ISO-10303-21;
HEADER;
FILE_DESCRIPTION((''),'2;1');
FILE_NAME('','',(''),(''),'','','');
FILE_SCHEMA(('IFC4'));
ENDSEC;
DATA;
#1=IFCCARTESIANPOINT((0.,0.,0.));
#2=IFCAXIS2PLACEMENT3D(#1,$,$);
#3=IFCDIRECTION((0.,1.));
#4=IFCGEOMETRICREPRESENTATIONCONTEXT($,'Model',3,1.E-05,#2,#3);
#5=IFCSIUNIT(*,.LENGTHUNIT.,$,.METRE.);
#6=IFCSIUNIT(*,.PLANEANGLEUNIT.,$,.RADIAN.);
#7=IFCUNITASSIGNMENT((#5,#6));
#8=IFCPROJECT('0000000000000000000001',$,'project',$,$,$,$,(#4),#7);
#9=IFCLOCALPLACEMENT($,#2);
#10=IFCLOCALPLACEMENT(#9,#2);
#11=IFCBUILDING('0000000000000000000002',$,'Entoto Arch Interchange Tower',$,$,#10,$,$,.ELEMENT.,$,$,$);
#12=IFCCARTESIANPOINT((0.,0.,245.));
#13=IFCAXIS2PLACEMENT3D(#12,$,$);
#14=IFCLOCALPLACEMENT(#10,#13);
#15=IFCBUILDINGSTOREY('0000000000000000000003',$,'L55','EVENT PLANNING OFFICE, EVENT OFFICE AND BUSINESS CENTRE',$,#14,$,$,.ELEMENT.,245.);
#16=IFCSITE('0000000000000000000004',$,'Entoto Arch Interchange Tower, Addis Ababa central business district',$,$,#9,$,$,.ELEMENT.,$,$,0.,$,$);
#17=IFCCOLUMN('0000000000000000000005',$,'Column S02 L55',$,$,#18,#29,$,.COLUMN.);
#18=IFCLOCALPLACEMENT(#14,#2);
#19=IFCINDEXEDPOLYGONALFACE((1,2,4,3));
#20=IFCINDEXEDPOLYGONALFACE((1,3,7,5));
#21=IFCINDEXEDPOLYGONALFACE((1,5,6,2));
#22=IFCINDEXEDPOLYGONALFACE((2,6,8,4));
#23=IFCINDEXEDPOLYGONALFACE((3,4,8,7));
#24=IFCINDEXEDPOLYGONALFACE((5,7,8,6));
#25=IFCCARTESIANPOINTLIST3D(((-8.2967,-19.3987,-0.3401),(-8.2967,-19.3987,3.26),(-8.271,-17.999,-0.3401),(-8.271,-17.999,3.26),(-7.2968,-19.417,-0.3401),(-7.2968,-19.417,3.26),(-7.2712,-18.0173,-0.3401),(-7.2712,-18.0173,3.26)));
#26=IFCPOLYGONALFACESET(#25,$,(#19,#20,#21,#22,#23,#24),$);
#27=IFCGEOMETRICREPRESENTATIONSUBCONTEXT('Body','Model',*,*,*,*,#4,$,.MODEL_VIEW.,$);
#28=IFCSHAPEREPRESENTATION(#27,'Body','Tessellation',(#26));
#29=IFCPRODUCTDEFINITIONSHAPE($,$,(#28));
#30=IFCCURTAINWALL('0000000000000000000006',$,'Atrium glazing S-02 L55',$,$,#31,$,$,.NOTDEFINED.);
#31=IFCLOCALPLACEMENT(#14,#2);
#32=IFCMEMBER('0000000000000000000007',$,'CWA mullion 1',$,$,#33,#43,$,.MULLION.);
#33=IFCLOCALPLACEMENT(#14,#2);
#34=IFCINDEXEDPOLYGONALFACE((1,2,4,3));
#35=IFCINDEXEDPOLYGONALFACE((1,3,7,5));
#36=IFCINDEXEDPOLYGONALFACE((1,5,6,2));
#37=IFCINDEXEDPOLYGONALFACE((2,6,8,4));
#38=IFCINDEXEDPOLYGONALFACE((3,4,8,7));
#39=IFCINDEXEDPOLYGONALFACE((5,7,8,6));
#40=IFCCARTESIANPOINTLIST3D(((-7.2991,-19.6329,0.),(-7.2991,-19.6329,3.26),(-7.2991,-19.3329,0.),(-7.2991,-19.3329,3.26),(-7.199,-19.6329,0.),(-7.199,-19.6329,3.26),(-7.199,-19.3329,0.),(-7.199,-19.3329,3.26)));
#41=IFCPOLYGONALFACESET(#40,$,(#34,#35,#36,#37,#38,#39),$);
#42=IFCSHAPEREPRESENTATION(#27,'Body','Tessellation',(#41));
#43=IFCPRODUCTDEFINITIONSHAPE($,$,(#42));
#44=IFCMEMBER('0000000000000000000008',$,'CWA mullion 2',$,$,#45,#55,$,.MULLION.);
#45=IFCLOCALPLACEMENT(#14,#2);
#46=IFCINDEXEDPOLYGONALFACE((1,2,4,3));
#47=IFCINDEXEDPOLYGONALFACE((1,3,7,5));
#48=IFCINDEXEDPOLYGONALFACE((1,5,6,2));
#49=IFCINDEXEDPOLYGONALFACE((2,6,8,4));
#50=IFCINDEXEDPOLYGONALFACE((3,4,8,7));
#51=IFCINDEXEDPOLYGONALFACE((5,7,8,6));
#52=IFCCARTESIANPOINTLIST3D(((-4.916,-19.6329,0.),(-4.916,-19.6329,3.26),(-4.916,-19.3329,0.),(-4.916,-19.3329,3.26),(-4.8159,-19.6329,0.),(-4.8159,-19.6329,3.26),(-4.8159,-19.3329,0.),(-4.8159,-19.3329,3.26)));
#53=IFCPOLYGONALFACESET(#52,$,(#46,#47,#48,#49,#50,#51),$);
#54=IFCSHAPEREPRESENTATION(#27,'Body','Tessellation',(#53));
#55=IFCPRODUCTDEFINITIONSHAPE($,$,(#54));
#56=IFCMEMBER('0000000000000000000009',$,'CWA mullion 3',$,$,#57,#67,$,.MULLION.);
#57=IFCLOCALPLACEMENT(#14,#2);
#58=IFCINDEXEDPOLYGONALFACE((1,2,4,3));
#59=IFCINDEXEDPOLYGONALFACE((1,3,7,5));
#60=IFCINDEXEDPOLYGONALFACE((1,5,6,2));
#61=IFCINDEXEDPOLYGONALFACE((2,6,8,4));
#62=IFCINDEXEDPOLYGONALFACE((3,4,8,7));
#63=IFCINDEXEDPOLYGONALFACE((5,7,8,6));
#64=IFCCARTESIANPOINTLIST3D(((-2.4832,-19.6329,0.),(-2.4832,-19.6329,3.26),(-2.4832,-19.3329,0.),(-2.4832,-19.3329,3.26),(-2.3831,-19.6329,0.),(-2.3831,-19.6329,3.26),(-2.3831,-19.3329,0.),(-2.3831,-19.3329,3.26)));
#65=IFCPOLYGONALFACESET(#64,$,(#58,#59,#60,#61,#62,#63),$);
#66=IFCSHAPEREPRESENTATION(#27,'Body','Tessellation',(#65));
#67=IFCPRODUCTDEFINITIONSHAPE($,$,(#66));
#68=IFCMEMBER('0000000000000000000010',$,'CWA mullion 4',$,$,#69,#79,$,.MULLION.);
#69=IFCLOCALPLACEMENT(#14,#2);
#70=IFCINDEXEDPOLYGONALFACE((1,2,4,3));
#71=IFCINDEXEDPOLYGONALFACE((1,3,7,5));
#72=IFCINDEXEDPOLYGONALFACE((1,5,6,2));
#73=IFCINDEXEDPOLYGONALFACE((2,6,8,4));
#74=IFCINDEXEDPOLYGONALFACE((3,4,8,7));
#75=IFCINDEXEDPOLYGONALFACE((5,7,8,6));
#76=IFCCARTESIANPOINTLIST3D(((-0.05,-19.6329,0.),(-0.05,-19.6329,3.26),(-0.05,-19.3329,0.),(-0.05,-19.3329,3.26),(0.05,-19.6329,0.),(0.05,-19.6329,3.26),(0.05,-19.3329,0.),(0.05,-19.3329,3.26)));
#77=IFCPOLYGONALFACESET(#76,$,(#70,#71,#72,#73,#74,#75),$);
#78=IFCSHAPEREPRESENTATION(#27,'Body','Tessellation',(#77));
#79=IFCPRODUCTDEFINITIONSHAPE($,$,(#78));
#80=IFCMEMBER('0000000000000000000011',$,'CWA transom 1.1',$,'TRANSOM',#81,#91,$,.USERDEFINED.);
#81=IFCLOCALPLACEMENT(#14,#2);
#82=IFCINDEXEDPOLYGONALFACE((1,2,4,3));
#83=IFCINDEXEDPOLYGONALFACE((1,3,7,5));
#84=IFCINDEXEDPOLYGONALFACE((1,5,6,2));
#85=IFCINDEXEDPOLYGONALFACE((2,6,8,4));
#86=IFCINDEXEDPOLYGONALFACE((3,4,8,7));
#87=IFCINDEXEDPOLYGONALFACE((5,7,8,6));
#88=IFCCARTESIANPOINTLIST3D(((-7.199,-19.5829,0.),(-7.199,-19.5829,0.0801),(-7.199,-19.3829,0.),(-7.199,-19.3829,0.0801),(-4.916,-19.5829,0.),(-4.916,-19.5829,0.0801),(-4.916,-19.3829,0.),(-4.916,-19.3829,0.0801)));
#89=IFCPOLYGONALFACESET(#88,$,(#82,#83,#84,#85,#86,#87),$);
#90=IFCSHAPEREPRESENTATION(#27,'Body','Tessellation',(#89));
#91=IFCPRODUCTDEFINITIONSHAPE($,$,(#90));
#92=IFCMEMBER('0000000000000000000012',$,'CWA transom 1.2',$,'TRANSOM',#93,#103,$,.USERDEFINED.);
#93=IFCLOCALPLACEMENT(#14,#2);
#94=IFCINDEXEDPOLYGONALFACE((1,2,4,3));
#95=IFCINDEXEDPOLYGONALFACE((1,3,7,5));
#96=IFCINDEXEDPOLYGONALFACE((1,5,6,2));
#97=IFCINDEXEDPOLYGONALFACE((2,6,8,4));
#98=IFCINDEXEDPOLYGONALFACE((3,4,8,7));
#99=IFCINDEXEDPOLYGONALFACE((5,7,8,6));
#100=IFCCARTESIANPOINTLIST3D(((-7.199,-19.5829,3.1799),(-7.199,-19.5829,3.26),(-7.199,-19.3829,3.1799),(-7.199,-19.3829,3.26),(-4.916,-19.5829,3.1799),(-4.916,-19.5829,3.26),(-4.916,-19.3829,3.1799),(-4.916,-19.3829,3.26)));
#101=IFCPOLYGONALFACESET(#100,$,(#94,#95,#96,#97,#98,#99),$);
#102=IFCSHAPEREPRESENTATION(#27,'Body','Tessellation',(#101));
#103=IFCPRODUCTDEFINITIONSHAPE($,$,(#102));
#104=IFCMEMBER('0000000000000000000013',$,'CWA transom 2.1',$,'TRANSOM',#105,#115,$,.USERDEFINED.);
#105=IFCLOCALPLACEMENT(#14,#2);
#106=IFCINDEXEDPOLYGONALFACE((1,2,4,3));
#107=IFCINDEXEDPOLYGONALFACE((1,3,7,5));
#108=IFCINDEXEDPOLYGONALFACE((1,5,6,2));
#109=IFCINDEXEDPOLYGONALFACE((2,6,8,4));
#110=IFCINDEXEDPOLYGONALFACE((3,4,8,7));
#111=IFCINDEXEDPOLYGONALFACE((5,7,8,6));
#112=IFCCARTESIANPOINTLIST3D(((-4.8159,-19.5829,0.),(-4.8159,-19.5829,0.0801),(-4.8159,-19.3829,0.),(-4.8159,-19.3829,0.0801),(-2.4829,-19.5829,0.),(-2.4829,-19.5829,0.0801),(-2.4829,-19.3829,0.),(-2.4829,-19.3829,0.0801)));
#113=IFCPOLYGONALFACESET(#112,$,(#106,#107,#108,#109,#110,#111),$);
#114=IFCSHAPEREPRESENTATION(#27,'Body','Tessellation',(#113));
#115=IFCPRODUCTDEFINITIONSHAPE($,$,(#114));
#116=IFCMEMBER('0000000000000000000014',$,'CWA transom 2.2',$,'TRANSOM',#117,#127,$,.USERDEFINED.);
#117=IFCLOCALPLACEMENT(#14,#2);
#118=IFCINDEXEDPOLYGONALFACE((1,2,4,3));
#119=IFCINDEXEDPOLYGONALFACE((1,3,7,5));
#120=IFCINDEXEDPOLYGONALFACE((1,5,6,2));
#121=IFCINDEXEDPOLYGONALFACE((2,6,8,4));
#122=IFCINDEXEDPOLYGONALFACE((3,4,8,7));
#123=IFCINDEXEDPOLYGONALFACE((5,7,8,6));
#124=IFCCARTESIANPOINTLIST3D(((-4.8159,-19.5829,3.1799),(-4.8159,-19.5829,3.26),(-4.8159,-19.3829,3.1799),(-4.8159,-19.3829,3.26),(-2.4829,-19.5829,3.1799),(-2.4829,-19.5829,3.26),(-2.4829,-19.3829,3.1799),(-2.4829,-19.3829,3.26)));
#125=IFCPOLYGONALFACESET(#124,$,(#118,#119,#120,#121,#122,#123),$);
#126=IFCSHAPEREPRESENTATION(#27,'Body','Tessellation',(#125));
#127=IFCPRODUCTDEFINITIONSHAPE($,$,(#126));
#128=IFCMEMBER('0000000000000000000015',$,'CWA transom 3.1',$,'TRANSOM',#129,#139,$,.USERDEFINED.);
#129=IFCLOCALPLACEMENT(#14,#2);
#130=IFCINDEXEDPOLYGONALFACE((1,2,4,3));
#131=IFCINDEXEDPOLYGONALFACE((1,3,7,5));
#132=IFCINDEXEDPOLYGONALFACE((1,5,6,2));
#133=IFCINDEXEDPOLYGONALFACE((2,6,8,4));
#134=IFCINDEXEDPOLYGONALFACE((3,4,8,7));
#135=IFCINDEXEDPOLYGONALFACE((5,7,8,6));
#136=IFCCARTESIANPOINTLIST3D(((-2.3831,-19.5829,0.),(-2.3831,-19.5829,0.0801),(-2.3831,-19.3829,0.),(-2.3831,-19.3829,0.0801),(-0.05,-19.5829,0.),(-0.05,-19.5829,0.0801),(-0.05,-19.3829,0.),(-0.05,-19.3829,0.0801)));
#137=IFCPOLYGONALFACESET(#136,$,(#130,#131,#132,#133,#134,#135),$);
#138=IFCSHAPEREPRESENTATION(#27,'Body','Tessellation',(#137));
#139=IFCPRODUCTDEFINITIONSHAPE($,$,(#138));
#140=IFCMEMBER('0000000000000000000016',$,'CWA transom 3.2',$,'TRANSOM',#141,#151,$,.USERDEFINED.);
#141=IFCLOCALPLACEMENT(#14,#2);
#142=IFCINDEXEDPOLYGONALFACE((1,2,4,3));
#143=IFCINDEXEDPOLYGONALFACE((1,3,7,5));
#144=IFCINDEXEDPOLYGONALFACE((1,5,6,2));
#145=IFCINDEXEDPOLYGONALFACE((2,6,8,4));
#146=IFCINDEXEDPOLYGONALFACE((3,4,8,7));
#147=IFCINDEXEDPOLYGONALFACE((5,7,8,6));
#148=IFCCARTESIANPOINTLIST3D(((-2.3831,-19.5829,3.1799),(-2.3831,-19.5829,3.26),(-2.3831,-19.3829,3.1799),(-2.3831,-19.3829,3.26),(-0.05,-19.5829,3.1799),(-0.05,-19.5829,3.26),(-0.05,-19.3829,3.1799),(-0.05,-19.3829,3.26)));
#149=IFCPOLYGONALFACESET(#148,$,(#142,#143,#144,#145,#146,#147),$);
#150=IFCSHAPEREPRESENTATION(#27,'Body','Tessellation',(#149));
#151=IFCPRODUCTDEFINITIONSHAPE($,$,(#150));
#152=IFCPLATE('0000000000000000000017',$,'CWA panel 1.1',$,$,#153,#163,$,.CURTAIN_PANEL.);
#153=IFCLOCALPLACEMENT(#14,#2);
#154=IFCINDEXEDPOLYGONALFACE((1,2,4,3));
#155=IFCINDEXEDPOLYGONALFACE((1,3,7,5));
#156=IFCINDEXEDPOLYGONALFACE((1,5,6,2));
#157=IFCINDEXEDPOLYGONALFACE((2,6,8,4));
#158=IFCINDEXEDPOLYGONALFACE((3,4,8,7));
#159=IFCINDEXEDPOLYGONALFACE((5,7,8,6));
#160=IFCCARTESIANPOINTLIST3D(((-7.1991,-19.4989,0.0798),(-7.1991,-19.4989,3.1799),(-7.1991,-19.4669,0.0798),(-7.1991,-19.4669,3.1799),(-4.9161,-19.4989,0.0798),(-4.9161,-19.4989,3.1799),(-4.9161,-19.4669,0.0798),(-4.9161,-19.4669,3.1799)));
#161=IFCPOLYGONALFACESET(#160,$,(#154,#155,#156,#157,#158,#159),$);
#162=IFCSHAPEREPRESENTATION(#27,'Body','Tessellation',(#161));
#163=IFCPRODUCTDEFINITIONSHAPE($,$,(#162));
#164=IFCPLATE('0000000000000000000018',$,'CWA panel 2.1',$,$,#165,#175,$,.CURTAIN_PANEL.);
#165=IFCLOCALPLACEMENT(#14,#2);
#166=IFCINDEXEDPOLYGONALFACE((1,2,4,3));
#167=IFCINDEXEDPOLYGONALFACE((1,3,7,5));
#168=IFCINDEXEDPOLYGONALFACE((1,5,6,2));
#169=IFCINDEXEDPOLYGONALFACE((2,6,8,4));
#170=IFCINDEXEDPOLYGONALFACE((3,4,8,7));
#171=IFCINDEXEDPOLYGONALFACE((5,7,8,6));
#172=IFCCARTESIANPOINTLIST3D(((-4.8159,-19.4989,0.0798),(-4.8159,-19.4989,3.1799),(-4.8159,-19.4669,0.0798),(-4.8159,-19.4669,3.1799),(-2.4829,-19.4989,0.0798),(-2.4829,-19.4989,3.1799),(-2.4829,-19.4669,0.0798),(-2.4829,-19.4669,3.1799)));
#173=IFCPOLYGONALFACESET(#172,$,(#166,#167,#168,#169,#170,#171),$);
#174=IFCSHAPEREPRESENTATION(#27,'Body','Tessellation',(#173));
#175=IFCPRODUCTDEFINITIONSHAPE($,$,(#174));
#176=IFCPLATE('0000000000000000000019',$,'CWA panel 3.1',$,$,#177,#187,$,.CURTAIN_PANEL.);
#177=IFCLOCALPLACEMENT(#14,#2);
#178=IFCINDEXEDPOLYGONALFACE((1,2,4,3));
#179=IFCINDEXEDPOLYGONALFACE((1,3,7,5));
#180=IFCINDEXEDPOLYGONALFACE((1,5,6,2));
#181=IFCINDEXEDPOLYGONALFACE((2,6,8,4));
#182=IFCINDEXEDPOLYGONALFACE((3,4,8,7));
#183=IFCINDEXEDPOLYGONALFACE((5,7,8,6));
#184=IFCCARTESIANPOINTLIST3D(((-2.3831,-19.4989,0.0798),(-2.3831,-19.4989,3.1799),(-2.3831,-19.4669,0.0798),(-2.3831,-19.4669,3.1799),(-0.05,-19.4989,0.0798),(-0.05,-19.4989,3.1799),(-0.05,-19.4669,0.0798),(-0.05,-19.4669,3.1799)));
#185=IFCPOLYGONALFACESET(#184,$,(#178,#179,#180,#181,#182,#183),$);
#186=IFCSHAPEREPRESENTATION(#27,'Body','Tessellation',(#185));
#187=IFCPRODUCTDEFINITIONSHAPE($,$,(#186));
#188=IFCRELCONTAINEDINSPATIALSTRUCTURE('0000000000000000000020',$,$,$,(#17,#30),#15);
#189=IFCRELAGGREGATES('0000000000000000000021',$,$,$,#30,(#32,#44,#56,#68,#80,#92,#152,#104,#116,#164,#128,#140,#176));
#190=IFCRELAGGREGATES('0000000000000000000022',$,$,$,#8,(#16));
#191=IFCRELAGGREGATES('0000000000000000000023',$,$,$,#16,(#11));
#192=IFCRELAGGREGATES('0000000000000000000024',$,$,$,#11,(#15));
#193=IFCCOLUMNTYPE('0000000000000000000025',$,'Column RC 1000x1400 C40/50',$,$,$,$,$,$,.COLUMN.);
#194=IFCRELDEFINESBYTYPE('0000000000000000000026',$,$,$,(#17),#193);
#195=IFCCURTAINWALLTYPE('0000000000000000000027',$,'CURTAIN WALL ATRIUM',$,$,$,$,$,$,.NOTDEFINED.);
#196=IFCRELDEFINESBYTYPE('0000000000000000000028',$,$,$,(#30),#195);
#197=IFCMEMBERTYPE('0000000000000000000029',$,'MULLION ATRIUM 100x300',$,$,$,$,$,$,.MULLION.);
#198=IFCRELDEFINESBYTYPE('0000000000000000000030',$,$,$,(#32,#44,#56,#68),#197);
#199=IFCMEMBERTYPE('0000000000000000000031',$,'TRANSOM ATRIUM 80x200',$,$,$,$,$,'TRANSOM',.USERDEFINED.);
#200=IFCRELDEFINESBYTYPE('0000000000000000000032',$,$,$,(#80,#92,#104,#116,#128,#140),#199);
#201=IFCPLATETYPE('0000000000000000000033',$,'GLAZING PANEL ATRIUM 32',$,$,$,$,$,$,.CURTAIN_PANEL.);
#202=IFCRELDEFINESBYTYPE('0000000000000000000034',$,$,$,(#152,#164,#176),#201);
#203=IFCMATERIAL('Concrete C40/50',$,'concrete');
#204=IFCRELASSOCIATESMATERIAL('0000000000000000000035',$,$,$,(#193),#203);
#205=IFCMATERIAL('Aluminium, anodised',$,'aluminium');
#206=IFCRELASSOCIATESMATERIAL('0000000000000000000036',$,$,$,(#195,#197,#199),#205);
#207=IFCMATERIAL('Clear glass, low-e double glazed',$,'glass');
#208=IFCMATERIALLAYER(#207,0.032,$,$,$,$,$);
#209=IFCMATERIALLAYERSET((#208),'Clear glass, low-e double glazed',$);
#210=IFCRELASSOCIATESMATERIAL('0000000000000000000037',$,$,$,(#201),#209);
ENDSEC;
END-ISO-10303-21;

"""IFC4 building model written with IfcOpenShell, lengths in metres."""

from ifc_helpers import new_model, si_unit, direction, frame, origin, origin_2d, place, context, subcontext, project, spatial, rectangle, extrude, material, layer, layer_set, material_profile, profile_set, type_object, element, aggregate, save


model = new_model("IFC4")

# Units and contexts
model_context = context("Model", 3, precision=1e-05, world=origin(), true_north=direction((0.0, 1.0)))
body_context = subcontext(model_context, "Body", "Model", "MODEL_VIEW")
ifc_project = project(units=[si_unit("LENGTHUNIT", "METRE"), si_unit("PLANEANGLEUNIT", "RADIAN")], contexts=[model_context])

# Site, building, storey
site_placement = place(None, origin())
site = spatial("IfcSite", under=ifc_project, at=site_placement, Name="Entoto Arch Interchange Tower, Addis Ababa central business district", CompositionType="ELEMENT", RefElevation=0.0)
building_placement = place(site_placement, origin())
building = spatial("IfcBuilding", under=site, at=building_placement, Name="Entoto Arch Interchange Tower", CompositionType="ELEMENT")
storey_placement = place(building_placement, frame((0.0, 0.0, 245.0)))
storey = spatial("IfcBuildingStorey", under=building, at=storey_placement, Name="L55", Description="EVENT PLANNING OFFICE, EVENT OFFICE AND BUSINESS CENTRE", CompositionType="ELEMENT", Elevation=245.0)

# Column
ifc_material_1 = material(Name="Concrete C40/50", Category="concrete")
ifc_material_profile_1 = material_profile(ifc_material_1, rectangle(XDim=1.0, YDim=1.3999, at=origin_2d()))
ifc_profile_set_1 = profile_set([ifc_material_profile_1], Name="Concrete C40/50")
column_type = type_object("IfcColumnType", Name="Column RC 1000x1400 C40/50", PredefinedType="COLUMN", material=ifc_profile_set_1)
column_placement = place(storey_placement, frame((-7.7839, -18.708, -0.3401), z_axis=(0.0, 0.0, 1.0), x_axis=(-0.999833, 0.01829, 0.0)))
element("IfcColumn", 1, at=column_placement, inside=storey, type_object=column_type, Name="Column S02 L55", PredefinedType="COLUMN", context=body_context, shape_type="SweptSolid", body=[
    extrude(rectangle(XDim=1.0, YDim=1.3999, at=origin_2d()), origin(), (0.0, 0.0, 1.0), 3.6001),
])

# Curtain wall, members, plates
ifc_material_2 = material(Name="Aluminium, anodised", Category="aluminium")
curtain_wall_type = type_object("IfcCurtainWallType", Name="CURTAIN WALL ATRIUM", PredefinedType="NOTDEFINED", material=ifc_material_2)
curtain_wall_placement = place(storey_placement, origin())
curtain_wall = element("IfcCurtainWall", 2, at=curtain_wall_placement, inside=storey, type_object=curtain_wall_type, Name="Atrium glazing S-02 L55", PredefinedType="NOTDEFINED")
ifc_material_profile_2 = material_profile(ifc_material_2, rectangle(XDim=0.3, YDim=0.1001, at=origin_2d()))
ifc_profile_set_2 = profile_set([ifc_material_profile_2], Name="Aluminium, anodised")
member_type_1 = type_object("IfcMemberType", Name="MULLION ATRIUM 100x300", PredefinedType="MULLION", material=ifc_profile_set_2)
member_1_placement = place(storey_placement, frame((-7.249, -19.4829, 0.0), z_axis=(0.0, 0.0, 1.0), x_axis=(0.0, 1.0, 0.0)))
member_1 = element("IfcMember", 3, at=member_1_placement, type_object=member_type_1, Name="CWA mullion 1", PredefinedType="MULLION", context=body_context, shape_type="SweptSolid", body=[
    extrude(rectangle(XDim=0.3, YDim=0.1001, at=origin_2d()), origin(), (0.0, 0.0, 1.0), 3.26),
])
member_2_placement = place(storey_placement, frame((-4.866, -19.4829, 0.0), z_axis=(0.0, 0.0, 1.0), x_axis=(0.0, 1.0, 0.0)))
member_2 = element("IfcMember", 4, at=member_2_placement, type_object=member_type_1, Name="CWA mullion 2", PredefinedType="MULLION", context=body_context, shape_type="SweptSolid", body=[
    extrude(rectangle(XDim=0.3, YDim=0.1001, at=origin_2d()), origin(), (0.0, 0.0, 1.0), 3.26),
])
member_3_placement = place(storey_placement, frame((-2.4331, -19.4829, 0.0), z_axis=(0.0, 0.0, 1.0), x_axis=(0.0, 1.0, 0.0)))
member_3 = element("IfcMember", 5, at=member_3_placement, type_object=member_type_1, Name="CWA mullion 3", PredefinedType="MULLION", context=body_context, shape_type="SweptSolid", body=[
    extrude(rectangle(XDim=0.3, YDim=0.1001, at=origin_2d()), origin(), (0.0, 0.0, 1.0), 3.26),
])
member_4_placement = place(storey_placement, frame((0.0, -19.4829, 0.0), z_axis=(0.0, 0.0, 1.0), x_axis=(0.0, 1.0, 0.0)))
member_4 = element("IfcMember", 6, at=member_4_placement, type_object=member_type_1, Name="CWA mullion 4", PredefinedType="MULLION", context=body_context, shape_type="SweptSolid", body=[
    extrude(rectangle(XDim=0.3, YDim=0.1001, at=origin_2d()), origin(), (0.0, 0.0, 1.0), 3.26),
])
ifc_material_profile_3 = material_profile(ifc_material_2, rectangle(XDim=0.2, YDim=0.0801, at=origin_2d()))
ifc_profile_set_3 = profile_set([ifc_material_profile_3], Name="Aluminium, anodised")
member_type_2 = type_object("IfcMemberType", Name="TRANSOM ATRIUM 80x200", ElementType="TRANSOM", PredefinedType="USERDEFINED", material=ifc_profile_set_3)
member_5_placement = place(storey_placement, frame((-7.199, -19.4829, 0.04), z_axis=(1.0, 0.0, 0.0), x_axis=(0.0, 1.0, 0.0)))
member_5 = element("IfcMember", 7, at=member_5_placement, type_object=member_type_2, Name="CWA transom 1.1", ObjectType="TRANSOM", PredefinedType="USERDEFINED", context=body_context, shape_type="SweptSolid", body=[
    extrude(rectangle(XDim=0.2, YDim=0.0801, at=origin_2d()), origin(), (0.0, 0.0, 1.0), 2.283),
])
member_6_placement = place(storey_placement, frame((-7.199, -19.4829, 3.22), z_axis=(1.0, 0.0, 0.0), x_axis=(0.0, 1.0, 0.0)))
member_6 = element("IfcMember", 8, at=member_6_placement, type_object=member_type_2, Name="CWA transom 1.2", ObjectType="TRANSOM", PredefinedType="USERDEFINED", context=body_context, shape_type="SweptSolid", body=[
    extrude(rectangle(XDim=0.2, YDim=0.0801, at=origin_2d()), origin(), (0.0, 0.0, 1.0), 2.283),
])
member_7_placement = place(storey_placement, frame((-4.8159, -19.4829, 0.04), z_axis=(1.0, 0.0, 0.0), x_axis=(0.0, 1.0, 0.0)))
member_7 = element("IfcMember", 9, at=member_7_placement, type_object=member_type_2, Name="CWA transom 2.1", ObjectType="TRANSOM", PredefinedType="USERDEFINED", context=body_context, shape_type="SweptSolid", body=[
    extrude(rectangle(XDim=0.2, YDim=0.0801, at=origin_2d()), origin(), (0.0, 0.0, 1.0), 2.333),
])
member_8_placement = place(storey_placement, frame((-4.8159, -19.4829, 3.22), z_axis=(1.0, 0.0, 0.0), x_axis=(0.0, 1.0, 0.0)))
member_8 = element("IfcMember", 10, at=member_8_placement, type_object=member_type_2, Name="CWA transom 2.2", ObjectType="TRANSOM", PredefinedType="USERDEFINED", context=body_context, shape_type="SweptSolid", body=[
    extrude(rectangle(XDim=0.2, YDim=0.0801, at=origin_2d()), origin(), (0.0, 0.0, 1.0), 2.333),
])
member_9_placement = place(storey_placement, frame((-2.3831, -19.4829, 0.04), z_axis=(1.0, 0.0, 0.0), x_axis=(0.0, 1.0, 0.0)))
member_9 = element("IfcMember", 11, at=member_9_placement, type_object=member_type_2, Name="CWA transom 3.1", ObjectType="TRANSOM", PredefinedType="USERDEFINED", context=body_context, shape_type="SweptSolid", body=[
    extrude(rectangle(XDim=0.2, YDim=0.0801, at=origin_2d()), origin(), (0.0, 0.0, 1.0), 2.333),
])
member_10_placement = place(storey_placement, frame((-2.3831, -19.4829, 3.22), z_axis=(1.0, 0.0, 0.0), x_axis=(0.0, 1.0, 0.0)))
member_10 = element("IfcMember", 12, at=member_10_placement, type_object=member_type_2, Name="CWA transom 3.2", ObjectType="TRANSOM", PredefinedType="USERDEFINED", context=body_context, shape_type="SweptSolid", body=[
    extrude(rectangle(XDim=0.2, YDim=0.0801, at=origin_2d()), origin(), (0.0, 0.0, 1.0), 2.333),
])
ifc_material_3 = material(Name="Clear glass, low-e double glazed", Category="glass")
ifc_layer_1 = layer(ifc_material_3, 0.032)
ifc_layer_set_1 = layer_set([ifc_layer_1], Name="Clear glass, low-e double glazed")
plate_type = type_object("IfcPlateType", Name="GLAZING PANEL ATRIUM 32", PredefinedType="CURTAIN_PANEL", material=ifc_layer_set_1)
plate_1_placement = place(storey_placement, frame((-6.0576, -19.4829, 0.0798), z_axis=(0.0, 0.0, 1.0), x_axis=(1.0, 0.0, 0.0)))
plate_1 = element("IfcPlate", 13, at=plate_1_placement, type_object=plate_type, Name="CWA panel 1.1", PredefinedType="CURTAIN_PANEL", context=body_context, shape_type="SweptSolid", body=[
    extrude(rectangle(XDim=2.283, YDim=0.032, at=origin_2d()), origin(), (0.0, 0.0, 1.0), 3.1001),
])
plate_2_placement = place(storey_placement, frame((-3.6494, -19.4829, 0.0798), z_axis=(0.0, 0.0, 1.0), x_axis=(1.0, 0.0, 0.0)))
plate_2 = element("IfcPlate", 14, at=plate_2_placement, type_object=plate_type, Name="CWA panel 2.1", PredefinedType="CURTAIN_PANEL", context=body_context, shape_type="SweptSolid", body=[
    extrude(rectangle(XDim=2.333, YDim=0.032, at=origin_2d()), origin(), (0.0, 0.0, 1.0), 3.1001),
])
plate_3_placement = place(storey_placement, frame((-1.2166, -19.4829, 0.0798), z_axis=(0.0, 0.0, 1.0), x_axis=(1.0, 0.0, 0.0)))
plate_3 = element("IfcPlate", 15, at=plate_3_placement, type_object=plate_type, Name="CWA panel 3.1", PredefinedType="CURTAIN_PANEL", context=body_context, shape_type="SweptSolid", body=[
    extrude(rectangle(XDim=2.333, YDim=0.032, at=origin_2d()), origin(), (0.0, 0.0, 1.0), 3.1001),
])
aggregate(curtain_wall, [member_1, member_2, member_3, member_4, member_5, member_6, plate_1, member_7, member_8, plate_2, member_9, member_10, plate_3])

save(model, "model.ifc")
